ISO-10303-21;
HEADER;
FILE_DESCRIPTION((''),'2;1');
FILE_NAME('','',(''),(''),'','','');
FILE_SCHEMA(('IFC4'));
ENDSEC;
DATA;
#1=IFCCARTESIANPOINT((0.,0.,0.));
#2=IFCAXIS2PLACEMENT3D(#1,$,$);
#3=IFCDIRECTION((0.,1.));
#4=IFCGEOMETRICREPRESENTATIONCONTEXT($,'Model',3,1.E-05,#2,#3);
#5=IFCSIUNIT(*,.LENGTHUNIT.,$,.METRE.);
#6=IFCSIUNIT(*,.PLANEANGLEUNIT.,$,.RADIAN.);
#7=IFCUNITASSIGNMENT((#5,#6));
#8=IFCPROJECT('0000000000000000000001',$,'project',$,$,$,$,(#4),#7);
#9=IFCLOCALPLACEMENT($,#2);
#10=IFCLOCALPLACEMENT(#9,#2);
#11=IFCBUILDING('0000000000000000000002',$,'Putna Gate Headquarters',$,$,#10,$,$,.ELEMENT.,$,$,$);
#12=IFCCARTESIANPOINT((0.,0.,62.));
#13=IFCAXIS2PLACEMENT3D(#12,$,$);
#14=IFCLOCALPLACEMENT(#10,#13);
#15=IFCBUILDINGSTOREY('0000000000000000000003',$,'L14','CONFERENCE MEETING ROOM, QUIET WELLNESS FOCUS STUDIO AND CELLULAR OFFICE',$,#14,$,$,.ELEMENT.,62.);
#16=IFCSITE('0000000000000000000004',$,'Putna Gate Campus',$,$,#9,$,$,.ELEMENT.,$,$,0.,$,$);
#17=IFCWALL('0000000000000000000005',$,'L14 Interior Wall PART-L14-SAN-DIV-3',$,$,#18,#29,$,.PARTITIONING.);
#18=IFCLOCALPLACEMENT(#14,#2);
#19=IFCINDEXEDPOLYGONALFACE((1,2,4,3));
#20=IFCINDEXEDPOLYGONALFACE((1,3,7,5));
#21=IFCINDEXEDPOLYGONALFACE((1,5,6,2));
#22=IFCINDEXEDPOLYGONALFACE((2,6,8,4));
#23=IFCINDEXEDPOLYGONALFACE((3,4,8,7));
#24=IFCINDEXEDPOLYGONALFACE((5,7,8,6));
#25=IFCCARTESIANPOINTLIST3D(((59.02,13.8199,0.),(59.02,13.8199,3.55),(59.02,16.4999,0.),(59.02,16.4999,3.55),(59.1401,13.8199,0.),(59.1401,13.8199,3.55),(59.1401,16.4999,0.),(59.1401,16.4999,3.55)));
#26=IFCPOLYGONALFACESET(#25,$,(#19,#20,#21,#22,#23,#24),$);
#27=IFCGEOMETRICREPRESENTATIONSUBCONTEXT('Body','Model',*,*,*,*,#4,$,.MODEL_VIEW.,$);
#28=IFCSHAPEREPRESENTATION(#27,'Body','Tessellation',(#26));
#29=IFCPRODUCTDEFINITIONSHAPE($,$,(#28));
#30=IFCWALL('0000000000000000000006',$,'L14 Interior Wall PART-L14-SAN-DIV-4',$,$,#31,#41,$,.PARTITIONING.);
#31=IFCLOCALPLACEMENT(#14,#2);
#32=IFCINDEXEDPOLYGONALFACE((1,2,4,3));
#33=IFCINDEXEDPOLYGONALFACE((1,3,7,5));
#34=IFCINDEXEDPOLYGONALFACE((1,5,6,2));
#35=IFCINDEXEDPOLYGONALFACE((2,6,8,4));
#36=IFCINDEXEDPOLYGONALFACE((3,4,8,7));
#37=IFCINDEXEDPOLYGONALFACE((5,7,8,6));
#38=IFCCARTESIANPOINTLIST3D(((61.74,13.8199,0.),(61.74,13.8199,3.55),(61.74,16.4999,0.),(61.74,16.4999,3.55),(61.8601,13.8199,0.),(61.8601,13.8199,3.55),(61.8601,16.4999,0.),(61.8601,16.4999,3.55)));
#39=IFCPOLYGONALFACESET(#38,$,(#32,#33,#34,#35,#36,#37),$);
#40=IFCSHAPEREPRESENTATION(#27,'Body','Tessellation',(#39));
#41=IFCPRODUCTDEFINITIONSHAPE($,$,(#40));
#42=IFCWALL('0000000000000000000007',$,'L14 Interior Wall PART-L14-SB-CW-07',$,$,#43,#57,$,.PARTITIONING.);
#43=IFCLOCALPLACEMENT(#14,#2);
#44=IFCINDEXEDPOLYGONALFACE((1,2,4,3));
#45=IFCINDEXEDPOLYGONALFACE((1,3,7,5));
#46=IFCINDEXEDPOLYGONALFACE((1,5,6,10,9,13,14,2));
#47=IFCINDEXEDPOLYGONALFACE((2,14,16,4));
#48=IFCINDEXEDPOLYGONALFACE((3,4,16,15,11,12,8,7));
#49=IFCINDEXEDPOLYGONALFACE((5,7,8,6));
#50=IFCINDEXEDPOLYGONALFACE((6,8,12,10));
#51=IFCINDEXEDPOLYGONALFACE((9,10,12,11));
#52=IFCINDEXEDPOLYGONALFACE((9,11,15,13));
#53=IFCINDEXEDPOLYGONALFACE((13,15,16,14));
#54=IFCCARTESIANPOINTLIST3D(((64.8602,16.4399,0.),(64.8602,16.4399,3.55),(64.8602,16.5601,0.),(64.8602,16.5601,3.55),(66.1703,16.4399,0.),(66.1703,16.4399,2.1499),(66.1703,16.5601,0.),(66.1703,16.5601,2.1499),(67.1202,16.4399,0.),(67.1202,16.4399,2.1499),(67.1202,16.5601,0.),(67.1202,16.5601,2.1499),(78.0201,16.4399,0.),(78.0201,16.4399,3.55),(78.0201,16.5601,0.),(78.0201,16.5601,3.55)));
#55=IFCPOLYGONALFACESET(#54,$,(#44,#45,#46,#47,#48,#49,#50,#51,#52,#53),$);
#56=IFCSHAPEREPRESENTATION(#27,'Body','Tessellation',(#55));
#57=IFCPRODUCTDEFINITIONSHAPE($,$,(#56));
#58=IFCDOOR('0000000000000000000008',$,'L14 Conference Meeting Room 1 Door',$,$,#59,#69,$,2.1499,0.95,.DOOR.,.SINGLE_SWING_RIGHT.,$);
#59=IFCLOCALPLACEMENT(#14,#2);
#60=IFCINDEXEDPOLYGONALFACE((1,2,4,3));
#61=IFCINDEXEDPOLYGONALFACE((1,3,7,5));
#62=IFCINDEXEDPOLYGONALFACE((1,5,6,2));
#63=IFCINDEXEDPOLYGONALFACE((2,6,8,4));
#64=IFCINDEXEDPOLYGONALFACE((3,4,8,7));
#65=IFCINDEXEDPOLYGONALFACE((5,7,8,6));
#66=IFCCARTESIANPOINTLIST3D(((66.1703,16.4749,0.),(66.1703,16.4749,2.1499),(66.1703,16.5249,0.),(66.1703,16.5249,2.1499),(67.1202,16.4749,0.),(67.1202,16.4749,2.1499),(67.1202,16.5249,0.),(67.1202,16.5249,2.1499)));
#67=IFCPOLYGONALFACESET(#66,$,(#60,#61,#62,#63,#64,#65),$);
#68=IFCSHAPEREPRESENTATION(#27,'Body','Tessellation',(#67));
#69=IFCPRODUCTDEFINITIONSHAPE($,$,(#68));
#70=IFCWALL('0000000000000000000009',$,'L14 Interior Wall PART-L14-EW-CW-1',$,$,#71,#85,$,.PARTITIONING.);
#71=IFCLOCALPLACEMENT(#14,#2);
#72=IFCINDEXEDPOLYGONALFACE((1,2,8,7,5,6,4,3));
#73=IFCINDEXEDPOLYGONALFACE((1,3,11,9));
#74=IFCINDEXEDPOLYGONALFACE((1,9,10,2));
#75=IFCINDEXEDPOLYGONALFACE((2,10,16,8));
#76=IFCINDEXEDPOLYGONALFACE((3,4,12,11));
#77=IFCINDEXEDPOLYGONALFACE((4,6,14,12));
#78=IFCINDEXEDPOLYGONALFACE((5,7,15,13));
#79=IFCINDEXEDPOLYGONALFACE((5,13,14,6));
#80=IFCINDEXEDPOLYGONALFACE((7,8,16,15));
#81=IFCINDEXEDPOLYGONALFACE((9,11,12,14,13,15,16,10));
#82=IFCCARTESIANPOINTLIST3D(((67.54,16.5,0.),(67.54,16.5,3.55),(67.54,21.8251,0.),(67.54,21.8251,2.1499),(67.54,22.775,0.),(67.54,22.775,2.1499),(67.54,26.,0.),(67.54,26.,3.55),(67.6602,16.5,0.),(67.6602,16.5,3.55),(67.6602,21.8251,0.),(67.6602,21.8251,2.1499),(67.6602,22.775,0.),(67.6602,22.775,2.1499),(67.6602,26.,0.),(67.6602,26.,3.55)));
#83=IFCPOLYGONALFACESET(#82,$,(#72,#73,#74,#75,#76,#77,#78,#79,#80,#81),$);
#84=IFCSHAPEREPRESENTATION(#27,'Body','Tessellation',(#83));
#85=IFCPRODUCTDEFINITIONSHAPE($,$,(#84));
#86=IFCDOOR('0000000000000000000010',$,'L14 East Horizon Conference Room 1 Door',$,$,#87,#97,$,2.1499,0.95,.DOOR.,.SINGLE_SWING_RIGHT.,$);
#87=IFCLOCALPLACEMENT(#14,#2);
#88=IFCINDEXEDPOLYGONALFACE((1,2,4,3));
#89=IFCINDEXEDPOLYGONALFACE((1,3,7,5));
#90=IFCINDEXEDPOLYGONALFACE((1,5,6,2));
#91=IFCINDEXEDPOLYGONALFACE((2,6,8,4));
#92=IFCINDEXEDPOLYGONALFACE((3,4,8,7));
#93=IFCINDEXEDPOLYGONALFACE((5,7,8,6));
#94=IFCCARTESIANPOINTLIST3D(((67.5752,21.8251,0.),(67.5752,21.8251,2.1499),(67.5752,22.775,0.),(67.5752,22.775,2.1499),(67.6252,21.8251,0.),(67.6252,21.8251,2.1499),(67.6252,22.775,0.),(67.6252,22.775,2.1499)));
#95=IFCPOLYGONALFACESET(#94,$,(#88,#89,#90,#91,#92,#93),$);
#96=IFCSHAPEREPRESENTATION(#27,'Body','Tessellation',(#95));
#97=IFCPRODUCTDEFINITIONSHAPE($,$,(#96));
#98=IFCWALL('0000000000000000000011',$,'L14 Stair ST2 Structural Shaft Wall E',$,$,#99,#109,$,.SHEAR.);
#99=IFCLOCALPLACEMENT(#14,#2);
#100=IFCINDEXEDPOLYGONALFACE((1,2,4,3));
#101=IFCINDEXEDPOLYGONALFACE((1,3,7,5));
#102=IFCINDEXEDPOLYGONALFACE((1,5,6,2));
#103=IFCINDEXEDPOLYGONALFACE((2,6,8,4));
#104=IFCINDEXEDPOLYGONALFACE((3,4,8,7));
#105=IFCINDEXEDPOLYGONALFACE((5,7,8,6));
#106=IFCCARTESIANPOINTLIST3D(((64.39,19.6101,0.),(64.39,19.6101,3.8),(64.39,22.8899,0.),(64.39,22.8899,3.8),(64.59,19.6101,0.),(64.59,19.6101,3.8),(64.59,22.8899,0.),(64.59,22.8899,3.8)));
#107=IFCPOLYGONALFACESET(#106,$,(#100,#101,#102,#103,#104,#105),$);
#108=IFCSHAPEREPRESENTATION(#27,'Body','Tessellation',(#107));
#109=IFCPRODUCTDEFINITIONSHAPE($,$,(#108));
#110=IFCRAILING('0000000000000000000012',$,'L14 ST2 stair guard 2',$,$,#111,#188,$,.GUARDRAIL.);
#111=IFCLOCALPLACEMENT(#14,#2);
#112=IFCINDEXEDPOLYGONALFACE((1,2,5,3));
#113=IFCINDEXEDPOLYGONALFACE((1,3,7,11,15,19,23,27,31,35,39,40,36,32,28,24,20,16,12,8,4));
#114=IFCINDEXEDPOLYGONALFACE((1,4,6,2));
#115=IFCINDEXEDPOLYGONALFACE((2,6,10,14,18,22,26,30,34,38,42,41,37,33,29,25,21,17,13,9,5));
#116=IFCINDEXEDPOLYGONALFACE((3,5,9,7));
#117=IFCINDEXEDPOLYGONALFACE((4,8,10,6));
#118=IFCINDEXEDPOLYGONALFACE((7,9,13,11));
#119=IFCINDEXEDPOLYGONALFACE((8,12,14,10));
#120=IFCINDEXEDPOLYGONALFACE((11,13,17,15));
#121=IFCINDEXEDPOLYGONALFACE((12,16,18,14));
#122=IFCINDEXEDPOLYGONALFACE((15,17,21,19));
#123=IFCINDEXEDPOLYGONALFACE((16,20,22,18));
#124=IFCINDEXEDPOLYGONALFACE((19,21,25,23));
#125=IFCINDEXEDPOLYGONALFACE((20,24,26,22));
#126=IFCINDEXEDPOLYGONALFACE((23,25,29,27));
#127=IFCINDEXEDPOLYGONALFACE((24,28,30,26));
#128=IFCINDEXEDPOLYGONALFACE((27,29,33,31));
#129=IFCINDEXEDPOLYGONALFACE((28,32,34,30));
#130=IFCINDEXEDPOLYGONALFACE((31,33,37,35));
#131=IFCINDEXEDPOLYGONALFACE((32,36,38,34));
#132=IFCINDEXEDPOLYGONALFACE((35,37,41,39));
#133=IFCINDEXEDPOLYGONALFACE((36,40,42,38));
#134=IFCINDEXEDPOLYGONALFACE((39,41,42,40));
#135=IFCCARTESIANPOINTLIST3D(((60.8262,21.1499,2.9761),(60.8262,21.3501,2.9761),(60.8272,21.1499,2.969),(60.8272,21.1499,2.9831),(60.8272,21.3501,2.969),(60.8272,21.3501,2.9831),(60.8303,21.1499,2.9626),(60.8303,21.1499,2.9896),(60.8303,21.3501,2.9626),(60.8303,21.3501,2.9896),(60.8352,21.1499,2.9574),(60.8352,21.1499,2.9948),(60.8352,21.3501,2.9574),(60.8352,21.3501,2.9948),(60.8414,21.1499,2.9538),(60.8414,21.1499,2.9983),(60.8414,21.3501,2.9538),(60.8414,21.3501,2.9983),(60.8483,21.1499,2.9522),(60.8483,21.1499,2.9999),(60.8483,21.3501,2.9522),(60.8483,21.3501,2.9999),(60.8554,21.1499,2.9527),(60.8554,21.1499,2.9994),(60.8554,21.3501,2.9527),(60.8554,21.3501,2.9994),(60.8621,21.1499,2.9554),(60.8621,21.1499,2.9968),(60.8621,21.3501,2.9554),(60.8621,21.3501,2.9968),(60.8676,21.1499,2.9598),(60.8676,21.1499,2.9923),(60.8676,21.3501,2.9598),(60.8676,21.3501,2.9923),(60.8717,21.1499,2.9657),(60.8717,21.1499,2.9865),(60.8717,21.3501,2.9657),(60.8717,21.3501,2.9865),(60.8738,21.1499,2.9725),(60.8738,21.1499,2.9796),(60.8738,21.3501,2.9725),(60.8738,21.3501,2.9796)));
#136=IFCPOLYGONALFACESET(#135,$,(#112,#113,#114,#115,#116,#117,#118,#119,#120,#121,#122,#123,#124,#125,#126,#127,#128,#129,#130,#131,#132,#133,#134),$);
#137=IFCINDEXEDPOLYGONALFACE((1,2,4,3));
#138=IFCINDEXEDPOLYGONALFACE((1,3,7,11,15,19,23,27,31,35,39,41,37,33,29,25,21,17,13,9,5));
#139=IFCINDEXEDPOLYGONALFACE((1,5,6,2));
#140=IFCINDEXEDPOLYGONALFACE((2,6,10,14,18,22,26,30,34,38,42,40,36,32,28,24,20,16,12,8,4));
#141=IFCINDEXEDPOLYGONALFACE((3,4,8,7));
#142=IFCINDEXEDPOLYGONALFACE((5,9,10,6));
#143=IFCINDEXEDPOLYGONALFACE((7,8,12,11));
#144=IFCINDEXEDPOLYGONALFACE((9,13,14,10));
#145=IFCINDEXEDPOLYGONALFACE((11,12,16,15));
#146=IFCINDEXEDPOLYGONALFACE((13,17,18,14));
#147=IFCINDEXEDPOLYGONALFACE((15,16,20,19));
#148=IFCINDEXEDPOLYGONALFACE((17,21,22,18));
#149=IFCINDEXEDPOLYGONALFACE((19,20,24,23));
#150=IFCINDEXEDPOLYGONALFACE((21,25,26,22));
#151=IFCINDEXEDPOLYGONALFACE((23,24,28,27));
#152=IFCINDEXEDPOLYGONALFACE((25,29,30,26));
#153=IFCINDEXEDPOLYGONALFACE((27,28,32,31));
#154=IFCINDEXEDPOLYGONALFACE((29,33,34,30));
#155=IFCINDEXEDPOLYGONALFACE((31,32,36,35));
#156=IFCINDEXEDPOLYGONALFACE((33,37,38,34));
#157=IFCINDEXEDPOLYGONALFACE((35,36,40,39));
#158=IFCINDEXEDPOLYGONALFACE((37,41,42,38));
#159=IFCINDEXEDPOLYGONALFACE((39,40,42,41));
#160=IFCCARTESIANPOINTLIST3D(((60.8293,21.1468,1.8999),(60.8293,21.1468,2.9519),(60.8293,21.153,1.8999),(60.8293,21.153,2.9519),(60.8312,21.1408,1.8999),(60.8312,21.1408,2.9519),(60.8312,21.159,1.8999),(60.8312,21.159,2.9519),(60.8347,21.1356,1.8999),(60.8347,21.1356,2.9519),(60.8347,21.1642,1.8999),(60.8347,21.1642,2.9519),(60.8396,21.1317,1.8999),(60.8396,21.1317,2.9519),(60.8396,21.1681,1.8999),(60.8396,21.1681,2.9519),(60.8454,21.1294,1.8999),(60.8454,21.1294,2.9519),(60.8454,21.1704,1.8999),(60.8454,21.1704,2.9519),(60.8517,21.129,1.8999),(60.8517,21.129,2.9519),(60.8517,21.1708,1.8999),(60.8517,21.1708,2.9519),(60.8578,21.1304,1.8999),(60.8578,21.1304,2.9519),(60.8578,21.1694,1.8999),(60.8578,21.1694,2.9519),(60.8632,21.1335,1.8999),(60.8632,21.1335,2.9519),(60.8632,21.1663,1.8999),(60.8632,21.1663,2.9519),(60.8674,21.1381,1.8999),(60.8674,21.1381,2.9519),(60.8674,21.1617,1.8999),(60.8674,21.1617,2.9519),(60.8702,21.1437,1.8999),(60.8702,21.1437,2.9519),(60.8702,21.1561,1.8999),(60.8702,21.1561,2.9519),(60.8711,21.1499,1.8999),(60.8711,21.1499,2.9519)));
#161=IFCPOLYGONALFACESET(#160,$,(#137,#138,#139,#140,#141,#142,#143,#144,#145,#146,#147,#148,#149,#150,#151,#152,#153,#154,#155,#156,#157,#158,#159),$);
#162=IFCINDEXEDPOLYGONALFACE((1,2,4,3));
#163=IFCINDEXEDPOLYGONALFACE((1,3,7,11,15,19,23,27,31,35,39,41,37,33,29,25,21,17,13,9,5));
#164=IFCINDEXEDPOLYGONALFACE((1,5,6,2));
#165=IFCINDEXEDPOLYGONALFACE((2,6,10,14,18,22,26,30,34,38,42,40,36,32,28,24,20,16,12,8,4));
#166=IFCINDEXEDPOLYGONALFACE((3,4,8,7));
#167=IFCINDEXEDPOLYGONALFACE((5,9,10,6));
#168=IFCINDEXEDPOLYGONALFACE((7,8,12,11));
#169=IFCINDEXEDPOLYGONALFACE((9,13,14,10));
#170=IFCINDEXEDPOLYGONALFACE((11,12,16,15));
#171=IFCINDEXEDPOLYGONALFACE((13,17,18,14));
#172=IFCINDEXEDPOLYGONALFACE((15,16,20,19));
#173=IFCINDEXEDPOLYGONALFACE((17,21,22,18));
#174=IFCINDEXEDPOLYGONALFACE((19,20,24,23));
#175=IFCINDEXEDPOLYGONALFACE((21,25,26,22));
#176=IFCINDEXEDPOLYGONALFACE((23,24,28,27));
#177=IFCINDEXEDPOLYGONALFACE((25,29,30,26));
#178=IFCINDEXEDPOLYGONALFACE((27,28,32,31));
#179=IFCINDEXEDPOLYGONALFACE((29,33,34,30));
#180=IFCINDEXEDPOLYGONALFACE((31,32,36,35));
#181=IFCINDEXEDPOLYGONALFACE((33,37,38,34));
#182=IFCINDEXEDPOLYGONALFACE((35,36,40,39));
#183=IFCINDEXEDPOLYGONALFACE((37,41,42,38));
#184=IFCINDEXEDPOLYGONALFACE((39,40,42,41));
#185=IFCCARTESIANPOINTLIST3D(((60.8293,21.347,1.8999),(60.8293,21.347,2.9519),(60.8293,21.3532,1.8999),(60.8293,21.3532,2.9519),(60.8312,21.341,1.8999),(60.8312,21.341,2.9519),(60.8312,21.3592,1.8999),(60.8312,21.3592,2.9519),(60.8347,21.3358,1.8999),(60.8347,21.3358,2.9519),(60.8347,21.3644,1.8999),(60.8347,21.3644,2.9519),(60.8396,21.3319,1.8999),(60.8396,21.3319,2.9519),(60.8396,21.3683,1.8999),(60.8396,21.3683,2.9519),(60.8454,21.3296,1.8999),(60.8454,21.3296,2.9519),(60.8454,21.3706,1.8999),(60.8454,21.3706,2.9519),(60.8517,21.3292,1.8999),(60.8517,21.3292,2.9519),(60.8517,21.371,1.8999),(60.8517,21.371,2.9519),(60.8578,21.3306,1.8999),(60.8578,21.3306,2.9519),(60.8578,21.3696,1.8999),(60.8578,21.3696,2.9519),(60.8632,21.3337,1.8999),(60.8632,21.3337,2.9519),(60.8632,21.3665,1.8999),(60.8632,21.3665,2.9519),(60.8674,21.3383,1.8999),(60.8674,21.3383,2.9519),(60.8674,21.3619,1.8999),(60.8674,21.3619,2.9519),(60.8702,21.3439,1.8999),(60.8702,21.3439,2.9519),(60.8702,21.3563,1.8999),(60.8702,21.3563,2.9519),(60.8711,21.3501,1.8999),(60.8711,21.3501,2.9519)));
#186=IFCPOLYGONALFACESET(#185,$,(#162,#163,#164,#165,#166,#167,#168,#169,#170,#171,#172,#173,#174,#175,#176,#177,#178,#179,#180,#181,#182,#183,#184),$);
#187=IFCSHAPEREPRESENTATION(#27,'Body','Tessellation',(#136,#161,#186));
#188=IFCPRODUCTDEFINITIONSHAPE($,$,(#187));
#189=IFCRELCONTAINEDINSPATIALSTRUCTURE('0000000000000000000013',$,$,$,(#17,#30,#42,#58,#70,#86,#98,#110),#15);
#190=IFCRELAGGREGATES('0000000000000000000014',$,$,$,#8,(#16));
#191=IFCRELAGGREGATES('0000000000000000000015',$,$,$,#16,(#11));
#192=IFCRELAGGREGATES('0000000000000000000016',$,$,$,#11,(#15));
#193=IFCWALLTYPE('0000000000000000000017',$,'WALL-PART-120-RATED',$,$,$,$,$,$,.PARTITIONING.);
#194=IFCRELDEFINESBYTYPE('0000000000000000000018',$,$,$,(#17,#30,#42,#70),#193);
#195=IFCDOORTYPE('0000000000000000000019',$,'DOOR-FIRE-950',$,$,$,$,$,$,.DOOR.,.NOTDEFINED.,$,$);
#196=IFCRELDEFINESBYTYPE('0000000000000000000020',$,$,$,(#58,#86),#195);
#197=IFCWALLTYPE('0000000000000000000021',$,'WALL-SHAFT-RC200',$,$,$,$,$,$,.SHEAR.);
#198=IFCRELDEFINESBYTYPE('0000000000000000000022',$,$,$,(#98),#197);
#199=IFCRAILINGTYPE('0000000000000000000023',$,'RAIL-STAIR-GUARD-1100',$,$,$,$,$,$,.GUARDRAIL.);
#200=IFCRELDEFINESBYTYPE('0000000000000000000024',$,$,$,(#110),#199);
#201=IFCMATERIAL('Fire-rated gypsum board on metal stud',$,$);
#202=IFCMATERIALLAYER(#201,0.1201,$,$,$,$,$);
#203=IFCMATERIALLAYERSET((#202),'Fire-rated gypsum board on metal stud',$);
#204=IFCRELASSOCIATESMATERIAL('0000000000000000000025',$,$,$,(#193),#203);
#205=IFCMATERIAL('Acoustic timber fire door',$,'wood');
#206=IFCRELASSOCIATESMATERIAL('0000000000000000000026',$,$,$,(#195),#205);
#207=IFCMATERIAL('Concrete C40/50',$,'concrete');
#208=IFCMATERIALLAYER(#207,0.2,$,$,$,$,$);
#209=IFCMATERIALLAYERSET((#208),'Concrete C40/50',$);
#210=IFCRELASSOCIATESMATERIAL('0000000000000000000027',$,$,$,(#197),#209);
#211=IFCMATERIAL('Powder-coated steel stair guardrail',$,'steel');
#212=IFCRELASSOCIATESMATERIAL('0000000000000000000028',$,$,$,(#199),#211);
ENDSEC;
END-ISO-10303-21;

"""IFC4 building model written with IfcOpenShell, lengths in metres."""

from ifc_helpers import new_model, si_unit, direction, frame, frame_2d, origin, origin_2d, place, context, subcontext, project, spatial, rectangle, circle, extrude, material, layer, layer_set, type_object, element, fill, save


model = new_model("IFC4")

# Units and contexts
model_context = context("Model", 3, precision=1e-05, world=origin(), true_north=direction((0.0, 1.0)))
body_context = subcontext(model_context, "Body", "Model", "MODEL_VIEW")
ifc_project = project(units=[si_unit("LENGTHUNIT", "METRE"), si_unit("PLANEANGLEUNIT", "RADIAN")], contexts=[model_context])

# Site, building, storey
site_placement = place(None, origin())
site = spatial("IfcSite", under=ifc_project, at=site_placement, Name="Putna Gate Campus", CompositionType="ELEMENT", RefElevation=0.0)
building_placement = place(site_placement, origin())
building = spatial("IfcBuilding", under=site, at=building_placement, Name="Putna Gate Headquarters", CompositionType="ELEMENT")
storey_placement = place(building_placement, frame((0.0, 0.0, 62.0)))
storey = spatial("IfcBuildingStorey", under=building, at=storey_placement, Name="L14", Description="CONFERENCE MEETING ROOM, QUIET WELLNESS FOCUS STUDIO AND CELLULAR OFFICE", CompositionType="ELEMENT", Elevation=62.0)

# Walls
ifc_material_1 = material(Name="Fire-rated gypsum board on metal stud")
ifc_layer_1 = layer(ifc_material_1, 0.1201)
ifc_layer_set_1 = layer_set([ifc_layer_1], Name="Fire-rated gypsum board on metal stud")
wall_type_1 = type_object("IfcWallType", Name="WALL-PART-120-RATED", PredefinedType="PARTITIONING", material=ifc_layer_set_1)
for number, where, z_axis, x_axis, name in (
    (1, (59.0801, 13.8201, 0.0), (0.0, 0.0, 1.0), (0.0, 1.0, 0.0), "L14 Interior Wall PART-L14-SAN-DIV-3"),
    (2, (61.8, 13.8201, 0.0), (0.0, 0.0, 1.0), (0.0, 1.0, 0.0), "L14 Interior Wall PART-L14-SAN-DIV-4"),
):
    element("IfcWall", number, at=place(storey_placement, frame(where, z_axis=z_axis, x_axis=x_axis)), inside=storey, type_object=wall_type_1, Name=name, PredefinedType="PARTITIONING", context=body_context, shape_type="SweptSolid", body=[
        extrude(rectangle(XDim=2.6799, YDim=0.1201, at=frame_2d((1.3398, 0.0))), origin(), (0.0, 0.0, 1.0), 3.55),
    ])

# Walls, openings, doors
wall_1_placement = place(storey_placement, frame((64.8601, 16.5, 0.0), z_axis=(0.0, 0.0, 1.0), x_axis=(1.0, 0.0, 0.0)))
wall_1 = element("IfcWall", 3, at=wall_1_placement, inside=storey, type_object=wall_type_1, Name="L14 Interior Wall PART-L14-SB-CW-07", PredefinedType="PARTITIONING", context=body_context, shape_type="SweptSolid", body=[
    extrude(rectangle(XDim=13.1599, YDim=0.1201, at=frame_2d((6.5801, 0.0))), origin(), (0.0, 0.0, 1.0), 3.55),
])
opening_1_placement = place(wall_1_placement, frame((1.3101, 0.0, 0.0)))
opening_1 = element("IfcOpeningElement", 4, at=opening_1_placement, cuts=wall_1, PredefinedType="OPENING", context=body_context, shape_type="SweptSolid", body=[
    extrude(rectangle(XDim=0.95, YDim=2.1499, at=frame_2d((0.4751, 1.075))), frame((0.0, 0.0701, 0.0), z_axis=(0.0, -1.0, 0.0), x_axis=(1.0, 0.0, 0.0)), (0.0, 0.0, 1.0), 0.1401),
])
ifc_material_2 = material(Name="Acoustic timber fire door", Category="wood")
door_type_1 = type_object("IfcDoorType", Name="DOOR-FIRE-950", OperationType="NOTDEFINED", PredefinedType="DOOR", material=ifc_material_2)
door_1_placement = place(opening_1_placement, origin())
door_1 = element("IfcDoor", 5, at=door_1_placement, inside=storey, type_object=door_type_1, Name="L14 Conference Meeting Room 1 Door", OperationType="SINGLE_SWING_RIGHT", OverallHeight=2.1499, OverallWidth=0.95, PredefinedType="DOOR", context=body_context, shape_type="SweptSolid", body=[
    extrude(rectangle(XDim=0.95, YDim=2.1499, at=frame_2d((0.4751, 1.075))), frame((0.0, 0.0249, 0.0), z_axis=(0.0, -1.0, 0.0), x_axis=(1.0, 0.0, 0.0)), (0.0, 0.0, 1.0), 0.05),
])
fill(opening_1, door_1)
wall_2_placement = place(storey_placement, frame((67.6001, 16.5, 0.0), z_axis=(0.0, 0.0, 1.0), x_axis=(0.0, 1.0, 0.0)))
wall_2 = element("IfcWall", 6, at=wall_2_placement, inside=storey, type_object=wall_type_1, Name="L14 Interior Wall PART-L14-EW-CW-1", PredefinedType="PARTITIONING", context=body_context, shape_type="SweptSolid", body=[
    extrude(rectangle(XDim=9.5, YDim=0.1201, at=frame_2d((4.75, 0.0))), origin(), (0.0, 0.0, 1.0), 3.55),
])
opening_2_placement = place(wall_2_placement, frame((5.325, 0.0, 0.0)))
opening_2 = element("IfcOpeningElement", 7, at=opening_2_placement, cuts=wall_2, PredefinedType="OPENING", context=body_context, shape_type="SweptSolid", body=[
    extrude(rectangle(XDim=0.95, YDim=2.1499, at=frame_2d((0.4751, 1.075))), frame((0.0, 0.0701, 0.0), z_axis=(0.0, -1.0, 0.0), x_axis=(1.0, 0.0, 0.0)), (0.0, 0.0, 1.0), 0.1401),
])
door_2_placement = place(opening_2_placement, origin())
door_2 = element("IfcDoor", 8, at=door_2_placement, inside=storey, type_object=door_type_1, Name="L14 East Horizon Conference Room 1 Door", OperationType="SINGLE_SWING_RIGHT", OverallHeight=2.1499, OverallWidth=0.95, PredefinedType="DOOR", context=body_context, shape_type="SweptSolid", body=[
    extrude(rectangle(XDim=0.95, YDim=2.1499, at=frame_2d((0.4751, 1.075))), frame((0.0, 0.0249, 0.0), z_axis=(0.0, -1.0, 0.0), x_axis=(1.0, 0.0, 0.0)), (0.0, 0.0, 1.0), 0.05),
])
fill(opening_2, door_2)

# Wall
ifc_material_3 = material(Name="Concrete C40/50", Category="concrete")
ifc_layer_2 = layer(ifc_material_3, 0.2)
ifc_layer_set_2 = layer_set([ifc_layer_2], Name="Concrete C40/50")
wall_type_2 = type_object("IfcWallType", Name="WALL-SHAFT-RC200", PredefinedType="SHEAR", material=ifc_layer_set_2)
wall_3_placement = place(storey_placement, frame((64.49, 19.6101, 0.0), z_axis=(0.0, 0.0, 1.0), x_axis=(0.0, 1.0, 0.0)))
element("IfcWall", 9, at=wall_3_placement, inside=storey, type_object=wall_type_2, Name="L14 Stair ST2 Structural Shaft Wall E", PredefinedType="SHEAR", context=body_context, shape_type="SweptSolid", body=[
    extrude(rectangle(XDim=3.2798, YDim=0.2, at=frame_2d((1.6399, 0.0))), origin(), (0.0, 0.0, 1.0), 3.8),
])

# Railing
ifc_material_4 = material(Name="Powder-coated steel stair guardrail", Category="steel")
railing_type = type_object("IfcRailingType", Name="RAIL-STAIR-GUARD-1100", PredefinedType="GUARDRAIL", material=ifc_material_4)
railing_1_placement = place(storey_placement, frame((60.8501, 21.1499, 1.8999)))
element("IfcRailing", 10, at=railing_1_placement, inside=storey, type_object=railing_type, Name="L14 ST2 stair guard 2", PredefinedType="GUARDRAIL", context=body_context, shape_type="SweptSolid", body=[
    extrude(circle(Radius=0.0239, at=origin_2d()), frame((0.0, 0.0, 1.0762), z_axis=(0.0, 1.0, 0.0), x_axis=(-1.0, 0.0, 0.0)), (0.0, 0.0, 1.0), 0.2002),
    extrude(circle(Radius=0.021, at=origin_2d()), origin(), (0.0, 0.0, 1.0), 1.052),
    extrude(circle(Radius=0.021, at=origin_2d()), frame((0.0, 0.2002, 0.0)), (0.0, 0.0, 1.0), 1.052),
])

save(model, "model.ifc")
